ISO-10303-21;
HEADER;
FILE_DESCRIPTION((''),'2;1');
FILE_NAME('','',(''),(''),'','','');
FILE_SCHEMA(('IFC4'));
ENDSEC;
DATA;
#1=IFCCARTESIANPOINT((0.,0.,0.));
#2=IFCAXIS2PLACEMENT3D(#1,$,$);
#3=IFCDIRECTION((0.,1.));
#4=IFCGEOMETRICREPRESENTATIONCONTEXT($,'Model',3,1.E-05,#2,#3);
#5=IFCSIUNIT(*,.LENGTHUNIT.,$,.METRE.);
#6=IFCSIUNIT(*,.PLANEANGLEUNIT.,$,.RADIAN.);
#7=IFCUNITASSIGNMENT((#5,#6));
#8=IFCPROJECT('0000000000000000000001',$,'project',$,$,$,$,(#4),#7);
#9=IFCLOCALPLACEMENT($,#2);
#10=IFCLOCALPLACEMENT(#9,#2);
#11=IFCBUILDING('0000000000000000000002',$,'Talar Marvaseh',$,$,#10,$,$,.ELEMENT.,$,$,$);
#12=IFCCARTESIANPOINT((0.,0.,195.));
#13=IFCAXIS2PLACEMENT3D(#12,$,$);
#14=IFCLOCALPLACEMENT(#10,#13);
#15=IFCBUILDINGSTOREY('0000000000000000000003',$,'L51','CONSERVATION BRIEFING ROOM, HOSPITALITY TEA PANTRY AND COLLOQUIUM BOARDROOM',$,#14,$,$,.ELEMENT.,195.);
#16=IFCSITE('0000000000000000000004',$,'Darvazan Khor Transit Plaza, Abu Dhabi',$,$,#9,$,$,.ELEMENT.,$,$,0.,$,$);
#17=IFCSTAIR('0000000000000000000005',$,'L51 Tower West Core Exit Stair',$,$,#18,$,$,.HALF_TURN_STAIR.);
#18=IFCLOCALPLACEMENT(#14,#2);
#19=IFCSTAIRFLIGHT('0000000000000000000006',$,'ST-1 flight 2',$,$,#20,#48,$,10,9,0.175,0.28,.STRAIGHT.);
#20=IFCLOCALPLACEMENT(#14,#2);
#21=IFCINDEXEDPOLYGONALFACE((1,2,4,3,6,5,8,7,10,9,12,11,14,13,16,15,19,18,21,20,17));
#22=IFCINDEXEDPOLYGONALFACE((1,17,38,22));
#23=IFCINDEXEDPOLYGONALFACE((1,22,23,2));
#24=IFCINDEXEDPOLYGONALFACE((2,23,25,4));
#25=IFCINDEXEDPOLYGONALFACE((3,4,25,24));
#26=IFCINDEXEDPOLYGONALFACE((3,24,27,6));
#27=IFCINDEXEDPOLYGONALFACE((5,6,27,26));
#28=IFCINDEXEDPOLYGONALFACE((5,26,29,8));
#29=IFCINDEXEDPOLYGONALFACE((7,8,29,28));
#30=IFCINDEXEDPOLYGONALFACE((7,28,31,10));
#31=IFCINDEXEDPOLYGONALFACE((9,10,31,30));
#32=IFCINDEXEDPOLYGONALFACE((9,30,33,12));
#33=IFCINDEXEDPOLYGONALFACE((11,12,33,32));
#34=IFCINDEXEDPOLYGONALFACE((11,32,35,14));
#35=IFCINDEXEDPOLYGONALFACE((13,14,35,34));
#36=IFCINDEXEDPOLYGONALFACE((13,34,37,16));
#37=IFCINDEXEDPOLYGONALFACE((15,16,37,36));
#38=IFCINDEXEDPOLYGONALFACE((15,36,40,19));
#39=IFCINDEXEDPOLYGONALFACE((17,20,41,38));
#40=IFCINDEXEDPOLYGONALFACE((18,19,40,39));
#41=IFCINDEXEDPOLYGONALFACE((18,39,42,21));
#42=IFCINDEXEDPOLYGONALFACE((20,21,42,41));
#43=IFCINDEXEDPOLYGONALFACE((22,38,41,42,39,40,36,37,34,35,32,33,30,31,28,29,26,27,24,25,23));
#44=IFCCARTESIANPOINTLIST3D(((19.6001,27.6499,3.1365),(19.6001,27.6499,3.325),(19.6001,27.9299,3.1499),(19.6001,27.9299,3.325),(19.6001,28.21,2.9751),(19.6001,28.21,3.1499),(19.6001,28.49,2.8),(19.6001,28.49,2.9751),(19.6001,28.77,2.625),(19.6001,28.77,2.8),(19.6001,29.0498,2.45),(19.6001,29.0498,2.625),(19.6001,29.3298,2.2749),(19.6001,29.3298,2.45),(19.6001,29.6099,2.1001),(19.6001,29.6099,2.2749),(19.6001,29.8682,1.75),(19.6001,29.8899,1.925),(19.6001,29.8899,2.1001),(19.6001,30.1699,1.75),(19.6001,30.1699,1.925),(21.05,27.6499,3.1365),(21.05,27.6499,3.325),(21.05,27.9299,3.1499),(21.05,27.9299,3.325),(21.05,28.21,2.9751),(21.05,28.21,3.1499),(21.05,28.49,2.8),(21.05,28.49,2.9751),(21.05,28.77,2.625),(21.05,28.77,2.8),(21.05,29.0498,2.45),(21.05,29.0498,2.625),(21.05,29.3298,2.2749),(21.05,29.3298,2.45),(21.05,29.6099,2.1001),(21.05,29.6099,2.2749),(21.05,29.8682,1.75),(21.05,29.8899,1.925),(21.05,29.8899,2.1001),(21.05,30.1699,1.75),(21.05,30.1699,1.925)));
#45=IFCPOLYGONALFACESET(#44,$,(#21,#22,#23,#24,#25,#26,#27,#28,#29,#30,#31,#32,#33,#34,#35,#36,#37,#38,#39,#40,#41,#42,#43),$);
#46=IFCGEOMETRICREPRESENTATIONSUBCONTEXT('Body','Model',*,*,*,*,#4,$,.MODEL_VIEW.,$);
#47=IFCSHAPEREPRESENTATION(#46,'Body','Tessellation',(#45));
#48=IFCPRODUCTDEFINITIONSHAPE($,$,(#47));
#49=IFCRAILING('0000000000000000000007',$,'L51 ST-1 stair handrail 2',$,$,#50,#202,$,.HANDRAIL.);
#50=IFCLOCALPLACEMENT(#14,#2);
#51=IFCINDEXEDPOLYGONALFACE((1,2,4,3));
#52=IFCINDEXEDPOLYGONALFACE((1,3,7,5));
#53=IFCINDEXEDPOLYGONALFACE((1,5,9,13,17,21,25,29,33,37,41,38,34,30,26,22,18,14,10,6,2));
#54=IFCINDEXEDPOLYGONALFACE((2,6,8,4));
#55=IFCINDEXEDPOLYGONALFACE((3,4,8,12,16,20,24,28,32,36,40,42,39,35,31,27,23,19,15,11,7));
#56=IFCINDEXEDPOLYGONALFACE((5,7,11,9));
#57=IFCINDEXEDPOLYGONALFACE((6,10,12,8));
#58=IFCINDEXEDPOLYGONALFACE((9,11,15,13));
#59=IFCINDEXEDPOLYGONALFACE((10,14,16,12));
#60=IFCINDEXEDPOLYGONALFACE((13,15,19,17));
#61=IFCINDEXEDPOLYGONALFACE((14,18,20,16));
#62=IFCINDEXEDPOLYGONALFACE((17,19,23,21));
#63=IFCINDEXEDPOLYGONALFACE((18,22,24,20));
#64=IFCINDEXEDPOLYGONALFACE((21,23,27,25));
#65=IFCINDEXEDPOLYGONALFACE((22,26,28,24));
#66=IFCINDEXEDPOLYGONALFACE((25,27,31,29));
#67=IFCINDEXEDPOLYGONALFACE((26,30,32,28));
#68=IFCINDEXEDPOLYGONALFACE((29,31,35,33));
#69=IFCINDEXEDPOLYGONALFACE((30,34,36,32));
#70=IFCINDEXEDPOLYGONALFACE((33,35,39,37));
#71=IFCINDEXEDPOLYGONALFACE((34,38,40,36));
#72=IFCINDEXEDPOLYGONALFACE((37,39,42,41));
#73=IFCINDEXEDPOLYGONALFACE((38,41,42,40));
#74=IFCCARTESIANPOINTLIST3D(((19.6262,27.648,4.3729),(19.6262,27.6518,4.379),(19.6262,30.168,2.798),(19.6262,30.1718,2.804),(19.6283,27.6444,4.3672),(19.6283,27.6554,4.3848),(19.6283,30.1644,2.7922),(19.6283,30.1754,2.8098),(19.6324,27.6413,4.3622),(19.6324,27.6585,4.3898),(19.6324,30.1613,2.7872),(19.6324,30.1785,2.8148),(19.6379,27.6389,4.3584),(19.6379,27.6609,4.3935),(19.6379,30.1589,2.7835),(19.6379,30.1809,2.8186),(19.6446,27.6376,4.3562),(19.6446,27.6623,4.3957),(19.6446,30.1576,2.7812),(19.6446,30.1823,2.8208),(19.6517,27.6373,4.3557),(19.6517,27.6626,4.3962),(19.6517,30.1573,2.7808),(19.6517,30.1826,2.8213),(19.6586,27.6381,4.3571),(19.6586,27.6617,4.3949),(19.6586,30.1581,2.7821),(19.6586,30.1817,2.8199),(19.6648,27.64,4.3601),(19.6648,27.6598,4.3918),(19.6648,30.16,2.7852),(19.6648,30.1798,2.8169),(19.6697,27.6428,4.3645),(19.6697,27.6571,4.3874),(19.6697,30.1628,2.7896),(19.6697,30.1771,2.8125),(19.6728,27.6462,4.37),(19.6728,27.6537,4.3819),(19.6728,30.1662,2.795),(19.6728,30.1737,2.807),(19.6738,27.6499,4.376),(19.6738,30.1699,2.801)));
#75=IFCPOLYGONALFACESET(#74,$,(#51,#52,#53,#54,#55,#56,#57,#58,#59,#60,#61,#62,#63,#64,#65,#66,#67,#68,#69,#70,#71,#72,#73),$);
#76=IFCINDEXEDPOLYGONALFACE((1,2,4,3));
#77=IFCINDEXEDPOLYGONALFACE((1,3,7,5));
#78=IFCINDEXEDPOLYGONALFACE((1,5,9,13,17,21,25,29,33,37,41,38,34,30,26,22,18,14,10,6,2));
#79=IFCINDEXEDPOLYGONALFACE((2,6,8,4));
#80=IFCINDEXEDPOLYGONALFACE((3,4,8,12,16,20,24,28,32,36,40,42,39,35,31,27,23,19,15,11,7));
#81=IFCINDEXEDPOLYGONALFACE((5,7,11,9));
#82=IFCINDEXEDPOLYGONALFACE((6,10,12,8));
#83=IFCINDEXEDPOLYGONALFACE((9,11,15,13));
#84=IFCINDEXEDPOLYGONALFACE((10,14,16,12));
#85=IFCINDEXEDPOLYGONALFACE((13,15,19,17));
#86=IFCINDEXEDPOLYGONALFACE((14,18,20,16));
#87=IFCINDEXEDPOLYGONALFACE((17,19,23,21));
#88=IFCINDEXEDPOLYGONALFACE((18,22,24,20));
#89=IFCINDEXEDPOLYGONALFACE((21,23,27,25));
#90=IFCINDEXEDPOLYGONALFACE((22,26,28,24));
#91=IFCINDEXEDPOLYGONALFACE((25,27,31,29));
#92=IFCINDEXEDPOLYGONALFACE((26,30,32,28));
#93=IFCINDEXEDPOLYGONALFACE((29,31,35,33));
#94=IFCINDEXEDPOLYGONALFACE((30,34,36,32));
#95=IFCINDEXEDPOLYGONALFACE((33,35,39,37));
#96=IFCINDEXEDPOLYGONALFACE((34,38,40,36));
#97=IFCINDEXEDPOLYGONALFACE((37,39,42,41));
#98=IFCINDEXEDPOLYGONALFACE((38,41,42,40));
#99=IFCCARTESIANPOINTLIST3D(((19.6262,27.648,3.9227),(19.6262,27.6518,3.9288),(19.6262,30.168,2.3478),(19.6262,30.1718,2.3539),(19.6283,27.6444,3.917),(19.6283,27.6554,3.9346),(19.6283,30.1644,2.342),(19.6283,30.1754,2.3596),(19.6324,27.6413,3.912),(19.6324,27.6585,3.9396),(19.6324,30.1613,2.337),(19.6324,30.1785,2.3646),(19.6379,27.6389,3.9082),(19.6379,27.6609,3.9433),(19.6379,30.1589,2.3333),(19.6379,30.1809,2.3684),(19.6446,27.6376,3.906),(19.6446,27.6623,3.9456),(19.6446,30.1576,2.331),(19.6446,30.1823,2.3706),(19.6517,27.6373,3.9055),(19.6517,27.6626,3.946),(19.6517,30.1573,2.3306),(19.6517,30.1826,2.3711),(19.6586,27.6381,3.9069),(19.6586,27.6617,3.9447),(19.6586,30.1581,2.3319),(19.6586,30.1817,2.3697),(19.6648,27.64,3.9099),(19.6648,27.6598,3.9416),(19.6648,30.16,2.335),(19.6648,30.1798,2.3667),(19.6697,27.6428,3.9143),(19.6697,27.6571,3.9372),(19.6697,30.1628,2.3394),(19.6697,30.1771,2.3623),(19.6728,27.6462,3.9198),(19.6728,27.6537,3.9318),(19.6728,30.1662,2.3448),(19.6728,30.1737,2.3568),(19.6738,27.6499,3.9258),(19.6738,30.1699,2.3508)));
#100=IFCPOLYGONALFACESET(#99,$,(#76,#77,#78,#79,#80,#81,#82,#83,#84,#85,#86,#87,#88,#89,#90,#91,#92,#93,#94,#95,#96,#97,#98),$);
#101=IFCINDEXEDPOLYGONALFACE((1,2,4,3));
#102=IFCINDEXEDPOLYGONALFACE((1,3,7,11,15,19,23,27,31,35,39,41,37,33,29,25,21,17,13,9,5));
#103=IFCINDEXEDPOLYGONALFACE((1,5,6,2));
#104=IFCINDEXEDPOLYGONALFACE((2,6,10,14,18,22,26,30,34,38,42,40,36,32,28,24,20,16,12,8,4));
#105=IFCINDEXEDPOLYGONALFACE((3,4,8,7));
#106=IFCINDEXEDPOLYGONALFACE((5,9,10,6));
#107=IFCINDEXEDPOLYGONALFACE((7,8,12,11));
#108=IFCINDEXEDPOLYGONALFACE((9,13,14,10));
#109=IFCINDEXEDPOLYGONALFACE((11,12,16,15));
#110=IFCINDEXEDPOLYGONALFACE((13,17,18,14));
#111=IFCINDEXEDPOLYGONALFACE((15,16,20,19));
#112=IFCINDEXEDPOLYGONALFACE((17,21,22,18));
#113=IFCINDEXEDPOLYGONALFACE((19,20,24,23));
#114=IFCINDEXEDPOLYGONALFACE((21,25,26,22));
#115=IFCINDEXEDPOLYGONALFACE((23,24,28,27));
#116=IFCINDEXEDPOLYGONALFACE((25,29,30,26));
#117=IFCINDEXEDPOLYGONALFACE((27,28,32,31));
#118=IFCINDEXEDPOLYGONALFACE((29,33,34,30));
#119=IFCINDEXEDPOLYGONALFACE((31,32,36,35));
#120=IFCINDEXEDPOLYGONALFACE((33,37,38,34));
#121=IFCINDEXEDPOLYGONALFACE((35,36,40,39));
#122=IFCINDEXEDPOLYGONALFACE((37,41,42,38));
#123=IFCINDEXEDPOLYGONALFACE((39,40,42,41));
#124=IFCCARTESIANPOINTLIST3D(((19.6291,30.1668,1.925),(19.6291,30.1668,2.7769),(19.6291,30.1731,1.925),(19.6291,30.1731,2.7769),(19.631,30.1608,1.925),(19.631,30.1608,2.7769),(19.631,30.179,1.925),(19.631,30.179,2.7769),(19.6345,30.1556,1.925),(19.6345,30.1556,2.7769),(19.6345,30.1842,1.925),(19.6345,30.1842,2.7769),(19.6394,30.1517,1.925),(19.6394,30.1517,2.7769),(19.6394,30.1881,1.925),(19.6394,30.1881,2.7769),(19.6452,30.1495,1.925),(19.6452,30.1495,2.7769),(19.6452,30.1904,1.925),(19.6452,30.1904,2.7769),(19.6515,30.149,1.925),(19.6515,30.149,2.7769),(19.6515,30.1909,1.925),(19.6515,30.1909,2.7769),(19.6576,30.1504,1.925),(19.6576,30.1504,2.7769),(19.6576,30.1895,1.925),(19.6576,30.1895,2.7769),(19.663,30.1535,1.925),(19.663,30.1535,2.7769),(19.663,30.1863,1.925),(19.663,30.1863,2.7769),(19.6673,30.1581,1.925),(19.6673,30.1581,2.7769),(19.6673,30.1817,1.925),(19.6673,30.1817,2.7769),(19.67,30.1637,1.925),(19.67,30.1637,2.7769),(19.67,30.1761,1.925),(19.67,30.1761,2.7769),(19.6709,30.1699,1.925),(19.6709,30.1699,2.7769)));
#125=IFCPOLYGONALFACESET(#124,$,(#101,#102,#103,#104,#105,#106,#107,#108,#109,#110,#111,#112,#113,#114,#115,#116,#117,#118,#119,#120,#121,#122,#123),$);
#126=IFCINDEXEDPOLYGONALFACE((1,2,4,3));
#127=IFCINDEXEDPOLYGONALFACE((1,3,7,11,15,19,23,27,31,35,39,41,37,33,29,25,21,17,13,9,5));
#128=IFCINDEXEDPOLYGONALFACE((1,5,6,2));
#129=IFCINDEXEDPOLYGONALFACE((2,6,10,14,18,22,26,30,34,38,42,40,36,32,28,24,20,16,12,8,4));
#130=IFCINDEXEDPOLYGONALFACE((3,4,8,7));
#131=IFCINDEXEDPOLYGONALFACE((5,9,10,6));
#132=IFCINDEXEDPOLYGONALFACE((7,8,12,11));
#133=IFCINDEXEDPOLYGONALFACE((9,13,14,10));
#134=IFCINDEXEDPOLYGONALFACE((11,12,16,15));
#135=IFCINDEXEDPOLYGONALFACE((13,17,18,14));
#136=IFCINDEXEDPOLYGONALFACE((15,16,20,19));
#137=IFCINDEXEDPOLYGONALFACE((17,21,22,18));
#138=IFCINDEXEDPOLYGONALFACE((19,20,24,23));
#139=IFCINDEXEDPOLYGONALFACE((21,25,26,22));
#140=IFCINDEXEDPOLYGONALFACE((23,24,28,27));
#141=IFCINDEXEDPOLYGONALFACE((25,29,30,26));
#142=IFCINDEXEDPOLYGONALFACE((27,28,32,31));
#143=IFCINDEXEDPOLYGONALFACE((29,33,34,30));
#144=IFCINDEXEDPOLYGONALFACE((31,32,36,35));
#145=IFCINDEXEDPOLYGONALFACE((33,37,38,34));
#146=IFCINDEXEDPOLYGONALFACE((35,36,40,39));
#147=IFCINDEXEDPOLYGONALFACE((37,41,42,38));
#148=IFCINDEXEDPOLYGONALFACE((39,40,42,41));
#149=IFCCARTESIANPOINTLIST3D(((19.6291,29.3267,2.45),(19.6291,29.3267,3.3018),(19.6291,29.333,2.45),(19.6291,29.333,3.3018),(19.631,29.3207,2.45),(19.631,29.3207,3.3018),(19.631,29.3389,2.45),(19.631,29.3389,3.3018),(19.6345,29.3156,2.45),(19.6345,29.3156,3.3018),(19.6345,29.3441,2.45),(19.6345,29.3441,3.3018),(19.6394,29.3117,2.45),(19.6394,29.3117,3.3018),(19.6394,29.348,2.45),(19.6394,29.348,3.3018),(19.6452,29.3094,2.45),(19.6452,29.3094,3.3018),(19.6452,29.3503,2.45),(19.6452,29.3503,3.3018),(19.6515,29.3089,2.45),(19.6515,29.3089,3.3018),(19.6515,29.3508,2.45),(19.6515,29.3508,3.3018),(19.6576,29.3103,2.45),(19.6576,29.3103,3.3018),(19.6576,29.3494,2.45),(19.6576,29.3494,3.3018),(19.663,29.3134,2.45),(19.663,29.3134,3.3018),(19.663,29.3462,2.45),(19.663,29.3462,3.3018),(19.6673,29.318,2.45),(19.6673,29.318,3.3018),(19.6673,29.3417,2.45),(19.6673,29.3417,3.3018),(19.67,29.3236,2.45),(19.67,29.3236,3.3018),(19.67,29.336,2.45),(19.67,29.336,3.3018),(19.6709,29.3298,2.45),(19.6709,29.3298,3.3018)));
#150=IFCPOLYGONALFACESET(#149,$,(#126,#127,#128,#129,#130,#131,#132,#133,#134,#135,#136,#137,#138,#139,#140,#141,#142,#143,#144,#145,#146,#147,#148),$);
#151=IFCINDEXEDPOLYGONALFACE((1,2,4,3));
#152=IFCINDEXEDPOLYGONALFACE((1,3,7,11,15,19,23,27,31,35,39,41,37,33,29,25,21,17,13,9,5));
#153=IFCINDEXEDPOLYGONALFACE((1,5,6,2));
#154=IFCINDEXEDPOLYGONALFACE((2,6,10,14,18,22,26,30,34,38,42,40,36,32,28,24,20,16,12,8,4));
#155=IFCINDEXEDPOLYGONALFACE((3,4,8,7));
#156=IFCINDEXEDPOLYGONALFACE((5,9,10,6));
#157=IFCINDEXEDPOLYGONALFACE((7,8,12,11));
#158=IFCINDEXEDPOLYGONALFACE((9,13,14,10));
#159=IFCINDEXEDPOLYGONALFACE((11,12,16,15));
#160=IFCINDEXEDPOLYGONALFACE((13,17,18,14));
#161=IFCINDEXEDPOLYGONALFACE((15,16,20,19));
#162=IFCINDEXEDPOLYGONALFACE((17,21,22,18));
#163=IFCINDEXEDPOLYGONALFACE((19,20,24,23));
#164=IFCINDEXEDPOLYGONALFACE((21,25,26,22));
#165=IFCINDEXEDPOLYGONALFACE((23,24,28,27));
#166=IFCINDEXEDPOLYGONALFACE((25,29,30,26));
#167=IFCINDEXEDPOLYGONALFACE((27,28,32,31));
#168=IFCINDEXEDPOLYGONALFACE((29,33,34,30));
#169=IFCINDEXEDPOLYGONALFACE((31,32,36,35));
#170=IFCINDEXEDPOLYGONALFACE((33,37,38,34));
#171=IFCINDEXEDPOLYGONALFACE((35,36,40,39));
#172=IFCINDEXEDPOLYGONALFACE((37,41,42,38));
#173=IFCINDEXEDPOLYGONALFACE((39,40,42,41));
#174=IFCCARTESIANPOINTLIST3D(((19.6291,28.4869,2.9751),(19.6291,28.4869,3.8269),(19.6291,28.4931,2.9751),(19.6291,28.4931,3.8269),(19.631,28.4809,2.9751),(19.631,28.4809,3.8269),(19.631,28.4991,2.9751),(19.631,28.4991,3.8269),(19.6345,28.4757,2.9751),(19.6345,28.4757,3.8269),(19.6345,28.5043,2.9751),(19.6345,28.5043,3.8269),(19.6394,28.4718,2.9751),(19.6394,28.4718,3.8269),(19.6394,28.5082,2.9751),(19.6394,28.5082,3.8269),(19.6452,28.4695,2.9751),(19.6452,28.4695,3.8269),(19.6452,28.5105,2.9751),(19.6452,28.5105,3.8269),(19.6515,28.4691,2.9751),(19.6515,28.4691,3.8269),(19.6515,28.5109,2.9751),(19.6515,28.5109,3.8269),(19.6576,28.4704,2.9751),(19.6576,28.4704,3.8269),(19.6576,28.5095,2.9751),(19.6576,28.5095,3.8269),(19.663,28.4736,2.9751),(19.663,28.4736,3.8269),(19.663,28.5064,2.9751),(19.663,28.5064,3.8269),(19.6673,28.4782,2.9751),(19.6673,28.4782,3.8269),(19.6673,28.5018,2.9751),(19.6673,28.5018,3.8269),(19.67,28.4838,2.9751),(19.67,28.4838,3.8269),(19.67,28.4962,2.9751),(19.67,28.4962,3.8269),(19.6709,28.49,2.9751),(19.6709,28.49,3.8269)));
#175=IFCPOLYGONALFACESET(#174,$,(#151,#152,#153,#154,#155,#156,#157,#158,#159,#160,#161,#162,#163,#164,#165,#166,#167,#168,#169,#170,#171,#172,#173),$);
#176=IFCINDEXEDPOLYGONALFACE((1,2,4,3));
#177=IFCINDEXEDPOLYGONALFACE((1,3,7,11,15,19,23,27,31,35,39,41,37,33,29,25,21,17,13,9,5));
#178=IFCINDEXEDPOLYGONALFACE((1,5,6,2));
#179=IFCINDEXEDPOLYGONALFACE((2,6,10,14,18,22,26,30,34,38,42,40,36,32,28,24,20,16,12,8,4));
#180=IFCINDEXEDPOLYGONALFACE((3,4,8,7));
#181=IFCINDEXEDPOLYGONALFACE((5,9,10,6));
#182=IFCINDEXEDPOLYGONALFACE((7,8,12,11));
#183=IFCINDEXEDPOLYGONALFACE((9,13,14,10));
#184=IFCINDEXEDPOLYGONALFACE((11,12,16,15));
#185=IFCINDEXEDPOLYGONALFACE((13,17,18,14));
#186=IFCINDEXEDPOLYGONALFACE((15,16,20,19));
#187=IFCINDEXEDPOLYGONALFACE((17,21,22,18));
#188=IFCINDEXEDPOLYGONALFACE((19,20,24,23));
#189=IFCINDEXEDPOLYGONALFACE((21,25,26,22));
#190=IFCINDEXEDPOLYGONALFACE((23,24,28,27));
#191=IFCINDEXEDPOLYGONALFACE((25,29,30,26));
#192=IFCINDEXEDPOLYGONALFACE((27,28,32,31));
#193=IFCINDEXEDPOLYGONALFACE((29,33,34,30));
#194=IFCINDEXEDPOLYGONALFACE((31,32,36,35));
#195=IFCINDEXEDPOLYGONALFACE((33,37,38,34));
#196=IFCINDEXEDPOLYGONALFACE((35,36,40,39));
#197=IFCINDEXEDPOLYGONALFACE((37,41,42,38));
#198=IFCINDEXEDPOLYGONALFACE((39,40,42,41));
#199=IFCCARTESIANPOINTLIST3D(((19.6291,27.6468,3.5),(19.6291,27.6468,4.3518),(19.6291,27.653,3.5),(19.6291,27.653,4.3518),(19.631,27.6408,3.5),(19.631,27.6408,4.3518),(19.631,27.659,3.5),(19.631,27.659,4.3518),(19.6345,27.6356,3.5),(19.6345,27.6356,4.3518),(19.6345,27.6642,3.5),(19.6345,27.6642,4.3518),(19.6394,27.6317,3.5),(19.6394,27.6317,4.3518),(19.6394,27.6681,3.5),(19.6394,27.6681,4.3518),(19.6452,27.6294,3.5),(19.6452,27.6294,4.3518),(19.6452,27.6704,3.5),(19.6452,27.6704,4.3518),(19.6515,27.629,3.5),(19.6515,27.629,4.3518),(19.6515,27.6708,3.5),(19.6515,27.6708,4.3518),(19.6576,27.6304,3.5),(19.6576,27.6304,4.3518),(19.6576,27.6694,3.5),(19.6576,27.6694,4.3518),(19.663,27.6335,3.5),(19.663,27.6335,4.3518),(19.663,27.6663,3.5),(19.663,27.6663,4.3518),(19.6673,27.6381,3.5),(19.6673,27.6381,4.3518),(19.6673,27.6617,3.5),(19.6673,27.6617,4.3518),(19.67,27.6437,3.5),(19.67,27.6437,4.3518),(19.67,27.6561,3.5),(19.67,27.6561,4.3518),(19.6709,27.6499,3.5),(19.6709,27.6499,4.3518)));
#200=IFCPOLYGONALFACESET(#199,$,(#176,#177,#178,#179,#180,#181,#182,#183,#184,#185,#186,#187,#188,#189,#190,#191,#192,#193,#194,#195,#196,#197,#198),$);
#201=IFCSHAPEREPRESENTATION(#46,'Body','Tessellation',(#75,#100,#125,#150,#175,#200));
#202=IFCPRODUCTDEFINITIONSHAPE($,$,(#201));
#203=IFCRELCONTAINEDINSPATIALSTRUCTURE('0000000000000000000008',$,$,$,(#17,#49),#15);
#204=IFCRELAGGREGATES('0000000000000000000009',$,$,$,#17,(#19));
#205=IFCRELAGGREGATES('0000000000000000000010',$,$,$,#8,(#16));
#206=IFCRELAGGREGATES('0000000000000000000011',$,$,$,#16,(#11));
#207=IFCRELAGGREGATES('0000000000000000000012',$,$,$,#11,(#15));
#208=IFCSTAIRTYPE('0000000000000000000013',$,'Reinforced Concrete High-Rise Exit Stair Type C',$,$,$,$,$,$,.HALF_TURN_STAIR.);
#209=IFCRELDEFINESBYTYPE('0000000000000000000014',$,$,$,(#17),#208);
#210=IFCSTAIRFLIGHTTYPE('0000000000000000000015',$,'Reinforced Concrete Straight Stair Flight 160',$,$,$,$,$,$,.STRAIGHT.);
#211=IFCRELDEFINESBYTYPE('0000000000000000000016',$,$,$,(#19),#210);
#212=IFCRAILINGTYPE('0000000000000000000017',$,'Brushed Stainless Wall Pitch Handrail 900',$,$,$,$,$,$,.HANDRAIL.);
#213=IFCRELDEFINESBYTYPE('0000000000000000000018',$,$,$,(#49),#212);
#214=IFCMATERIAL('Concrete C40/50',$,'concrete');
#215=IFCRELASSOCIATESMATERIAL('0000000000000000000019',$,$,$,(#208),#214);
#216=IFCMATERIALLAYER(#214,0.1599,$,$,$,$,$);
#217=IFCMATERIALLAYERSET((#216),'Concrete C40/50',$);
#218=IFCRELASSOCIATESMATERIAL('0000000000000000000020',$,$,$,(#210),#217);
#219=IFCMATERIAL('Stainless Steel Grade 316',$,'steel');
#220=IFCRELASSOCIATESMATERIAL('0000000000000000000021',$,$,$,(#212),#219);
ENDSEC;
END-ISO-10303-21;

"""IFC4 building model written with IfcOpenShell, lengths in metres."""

from ifc_helpers import new_model, si_unit, direction, frame, origin, origin_2d, place, context, subcontext, project, spatial, polyline, circle, outline, extrude, material, layer, layer_set, type_object, element, aggregate, save


model = new_model("IFC4")

# Units and contexts
model_context = context("Model", 3, precision=1e-05, world=origin(), true_north=direction((0.0, 1.0)))
body_context = subcontext(model_context, "Body", "Model", "MODEL_VIEW")
ifc_project = project(units=[si_unit("LENGTHUNIT", "METRE"), si_unit("PLANEANGLEUNIT", "RADIAN")], contexts=[model_context])

# Site, building, storey
site_placement = place(None, origin())
site = spatial("IfcSite", under=ifc_project, at=site_placement, Name="Darvazan Khor Transit Plaza, Abu Dhabi", CompositionType="ELEMENT", RefElevation=0.0)
building_placement = place(site_placement, origin())
building = spatial("IfcBuilding", under=site, at=building_placement, Name="Talar Marvaseh", CompositionType="ELEMENT")
storey_placement = place(building_placement, frame((0.0, 0.0, 195.0)))
storey = spatial("IfcBuildingStorey", under=building, at=storey_placement, Name="L51", Description="CONSERVATION BRIEFING ROOM, HOSPITALITY TEA PANTRY AND COLLOQUIUM BOARDROOM", CompositionType="ELEMENT", Elevation=195.0)

# Stair, stair flight
ifc_material_1 = material(Name="Concrete C40/50", Category="concrete")
stair_type = type_object("IfcStairType", Name="Reinforced Concrete High-Rise Exit Stair Type C", PredefinedType="HALF_TURN_STAIR", material=ifc_material_1)
stair_placement = place(storey_placement, origin())
stair = element("IfcStair", 1, at=stair_placement, inside=storey, type_object=stair_type, Name="L51 Tower West Core Exit Stair", PredefinedType="HALF_TURN_STAIR")
ifc_layer_1 = layer(ifc_material_1, 0.1599)
ifc_layer_set_1 = layer_set([ifc_layer_1], Name="Concrete C40/50")
stair_flight_type = type_object("IfcStairFlightType", Name="Reinforced Concrete Straight Stair Flight 160", PredefinedType="STRAIGHT", material=ifc_layer_set_1)
stair_flight_1_placement = place(storey_placement, frame((20.325, 30.1699, 1.75), z_axis=(0.0, 0.0, 1.0), x_axis=(0.0, -1.0, 0.0)))
stair_flight_1 = element("IfcStairFlight", 2, at=stair_flight_1_placement, type_object=stair_flight_type, Name="ST-1 flight 2", NumberOfRisers=10, NumberOfTreads=9, PredefinedType="STRAIGHT", RiserHeight=0.175, TreadLength=0.28, context=body_context, shape_type="SweptSolid", body=[
    extrude(outline(polyline([(0.0, 0.0), (0.0, 0.175), (0.28, 0.175), (0.28, 0.3501), (0.5601, 0.3501), (0.5601, 0.5249), (0.8401, 0.5249), (0.8401, 0.7), (1.1201, 0.7), (1.1201, 0.875), (1.3999, 0.875), (1.3999, 1.05), (1.6799, 1.05), (1.6799, 1.2251), (1.96, 1.2251), (1.96, 1.3999), (2.24, 1.3999), (2.24, 1.575), (2.52, 1.575), (2.52, 1.75), (2.52, 1.3865), (0.3018, 0.0), (0.0, 0.0)])), frame((0.0, 0.7251, 0.0), z_axis=(0.0, -1.0, 0.0), x_axis=(1.0, 0.0, 0.0)), (0.0, 0.0, 1.0), 1.45),
])
aggregate(stair, [stair_flight_1])

# Railing
ifc_material_2 = material(Name="Stainless Steel Grade 316", Category="steel")
railing_type_1 = type_object("IfcRailingType", Name="Brushed Stainless Wall Pitch Handrail 900", PredefinedType="HANDRAIL", material=ifc_material_2)
railing_1_placement = place(storey_placement, frame((19.6499, 30.1699, 1.925)))
element("IfcRailing", 3, at=railing_1_placement, inside=storey, type_object=railing_type_1, Name="L51 ST-1 stair handrail 2", PredefinedType="HANDRAIL", context=body_context, shape_type="SweptSolid", body=[
    extrude(circle(Radius=0.0239, at=origin_2d()), frame((0.0, 0.0, 0.876), z_axis=(0.0, -0.848008, 0.529984), x_axis=(1.0, 0.0, 0.0)), (0.0, 0.0, 1.0), 2.9717),
    extrude(circle(Radius=0.0239, at=origin_2d()), frame((0.0, 0.0, 0.4258), z_axis=(0.0, -0.848008, 0.529984), x_axis=(1.0, 0.0, 0.0)), (0.0, 0.0, 1.0), 2.9717),
    extrude(circle(Radius=0.021, at=origin_2d()), origin(), (0.0, 0.0, 1.0), 0.8518),
    extrude(circle(Radius=0.021, at=origin_2d()), frame((0.0, -0.8401, 0.5249)), (0.0, 0.0, 1.0), 0.8518),
    extrude(circle(Radius=0.021, at=origin_2d()), frame((0.0, -1.6799, 1.05)), (0.0, 0.0, 1.0), 0.8518),
    extrude(circle(Radius=0.021, at=origin_2d()), frame((0.0, -2.52, 1.575)), (0.0, 0.0, 1.0), 0.8518),
])

save(model, "model.ifc")
